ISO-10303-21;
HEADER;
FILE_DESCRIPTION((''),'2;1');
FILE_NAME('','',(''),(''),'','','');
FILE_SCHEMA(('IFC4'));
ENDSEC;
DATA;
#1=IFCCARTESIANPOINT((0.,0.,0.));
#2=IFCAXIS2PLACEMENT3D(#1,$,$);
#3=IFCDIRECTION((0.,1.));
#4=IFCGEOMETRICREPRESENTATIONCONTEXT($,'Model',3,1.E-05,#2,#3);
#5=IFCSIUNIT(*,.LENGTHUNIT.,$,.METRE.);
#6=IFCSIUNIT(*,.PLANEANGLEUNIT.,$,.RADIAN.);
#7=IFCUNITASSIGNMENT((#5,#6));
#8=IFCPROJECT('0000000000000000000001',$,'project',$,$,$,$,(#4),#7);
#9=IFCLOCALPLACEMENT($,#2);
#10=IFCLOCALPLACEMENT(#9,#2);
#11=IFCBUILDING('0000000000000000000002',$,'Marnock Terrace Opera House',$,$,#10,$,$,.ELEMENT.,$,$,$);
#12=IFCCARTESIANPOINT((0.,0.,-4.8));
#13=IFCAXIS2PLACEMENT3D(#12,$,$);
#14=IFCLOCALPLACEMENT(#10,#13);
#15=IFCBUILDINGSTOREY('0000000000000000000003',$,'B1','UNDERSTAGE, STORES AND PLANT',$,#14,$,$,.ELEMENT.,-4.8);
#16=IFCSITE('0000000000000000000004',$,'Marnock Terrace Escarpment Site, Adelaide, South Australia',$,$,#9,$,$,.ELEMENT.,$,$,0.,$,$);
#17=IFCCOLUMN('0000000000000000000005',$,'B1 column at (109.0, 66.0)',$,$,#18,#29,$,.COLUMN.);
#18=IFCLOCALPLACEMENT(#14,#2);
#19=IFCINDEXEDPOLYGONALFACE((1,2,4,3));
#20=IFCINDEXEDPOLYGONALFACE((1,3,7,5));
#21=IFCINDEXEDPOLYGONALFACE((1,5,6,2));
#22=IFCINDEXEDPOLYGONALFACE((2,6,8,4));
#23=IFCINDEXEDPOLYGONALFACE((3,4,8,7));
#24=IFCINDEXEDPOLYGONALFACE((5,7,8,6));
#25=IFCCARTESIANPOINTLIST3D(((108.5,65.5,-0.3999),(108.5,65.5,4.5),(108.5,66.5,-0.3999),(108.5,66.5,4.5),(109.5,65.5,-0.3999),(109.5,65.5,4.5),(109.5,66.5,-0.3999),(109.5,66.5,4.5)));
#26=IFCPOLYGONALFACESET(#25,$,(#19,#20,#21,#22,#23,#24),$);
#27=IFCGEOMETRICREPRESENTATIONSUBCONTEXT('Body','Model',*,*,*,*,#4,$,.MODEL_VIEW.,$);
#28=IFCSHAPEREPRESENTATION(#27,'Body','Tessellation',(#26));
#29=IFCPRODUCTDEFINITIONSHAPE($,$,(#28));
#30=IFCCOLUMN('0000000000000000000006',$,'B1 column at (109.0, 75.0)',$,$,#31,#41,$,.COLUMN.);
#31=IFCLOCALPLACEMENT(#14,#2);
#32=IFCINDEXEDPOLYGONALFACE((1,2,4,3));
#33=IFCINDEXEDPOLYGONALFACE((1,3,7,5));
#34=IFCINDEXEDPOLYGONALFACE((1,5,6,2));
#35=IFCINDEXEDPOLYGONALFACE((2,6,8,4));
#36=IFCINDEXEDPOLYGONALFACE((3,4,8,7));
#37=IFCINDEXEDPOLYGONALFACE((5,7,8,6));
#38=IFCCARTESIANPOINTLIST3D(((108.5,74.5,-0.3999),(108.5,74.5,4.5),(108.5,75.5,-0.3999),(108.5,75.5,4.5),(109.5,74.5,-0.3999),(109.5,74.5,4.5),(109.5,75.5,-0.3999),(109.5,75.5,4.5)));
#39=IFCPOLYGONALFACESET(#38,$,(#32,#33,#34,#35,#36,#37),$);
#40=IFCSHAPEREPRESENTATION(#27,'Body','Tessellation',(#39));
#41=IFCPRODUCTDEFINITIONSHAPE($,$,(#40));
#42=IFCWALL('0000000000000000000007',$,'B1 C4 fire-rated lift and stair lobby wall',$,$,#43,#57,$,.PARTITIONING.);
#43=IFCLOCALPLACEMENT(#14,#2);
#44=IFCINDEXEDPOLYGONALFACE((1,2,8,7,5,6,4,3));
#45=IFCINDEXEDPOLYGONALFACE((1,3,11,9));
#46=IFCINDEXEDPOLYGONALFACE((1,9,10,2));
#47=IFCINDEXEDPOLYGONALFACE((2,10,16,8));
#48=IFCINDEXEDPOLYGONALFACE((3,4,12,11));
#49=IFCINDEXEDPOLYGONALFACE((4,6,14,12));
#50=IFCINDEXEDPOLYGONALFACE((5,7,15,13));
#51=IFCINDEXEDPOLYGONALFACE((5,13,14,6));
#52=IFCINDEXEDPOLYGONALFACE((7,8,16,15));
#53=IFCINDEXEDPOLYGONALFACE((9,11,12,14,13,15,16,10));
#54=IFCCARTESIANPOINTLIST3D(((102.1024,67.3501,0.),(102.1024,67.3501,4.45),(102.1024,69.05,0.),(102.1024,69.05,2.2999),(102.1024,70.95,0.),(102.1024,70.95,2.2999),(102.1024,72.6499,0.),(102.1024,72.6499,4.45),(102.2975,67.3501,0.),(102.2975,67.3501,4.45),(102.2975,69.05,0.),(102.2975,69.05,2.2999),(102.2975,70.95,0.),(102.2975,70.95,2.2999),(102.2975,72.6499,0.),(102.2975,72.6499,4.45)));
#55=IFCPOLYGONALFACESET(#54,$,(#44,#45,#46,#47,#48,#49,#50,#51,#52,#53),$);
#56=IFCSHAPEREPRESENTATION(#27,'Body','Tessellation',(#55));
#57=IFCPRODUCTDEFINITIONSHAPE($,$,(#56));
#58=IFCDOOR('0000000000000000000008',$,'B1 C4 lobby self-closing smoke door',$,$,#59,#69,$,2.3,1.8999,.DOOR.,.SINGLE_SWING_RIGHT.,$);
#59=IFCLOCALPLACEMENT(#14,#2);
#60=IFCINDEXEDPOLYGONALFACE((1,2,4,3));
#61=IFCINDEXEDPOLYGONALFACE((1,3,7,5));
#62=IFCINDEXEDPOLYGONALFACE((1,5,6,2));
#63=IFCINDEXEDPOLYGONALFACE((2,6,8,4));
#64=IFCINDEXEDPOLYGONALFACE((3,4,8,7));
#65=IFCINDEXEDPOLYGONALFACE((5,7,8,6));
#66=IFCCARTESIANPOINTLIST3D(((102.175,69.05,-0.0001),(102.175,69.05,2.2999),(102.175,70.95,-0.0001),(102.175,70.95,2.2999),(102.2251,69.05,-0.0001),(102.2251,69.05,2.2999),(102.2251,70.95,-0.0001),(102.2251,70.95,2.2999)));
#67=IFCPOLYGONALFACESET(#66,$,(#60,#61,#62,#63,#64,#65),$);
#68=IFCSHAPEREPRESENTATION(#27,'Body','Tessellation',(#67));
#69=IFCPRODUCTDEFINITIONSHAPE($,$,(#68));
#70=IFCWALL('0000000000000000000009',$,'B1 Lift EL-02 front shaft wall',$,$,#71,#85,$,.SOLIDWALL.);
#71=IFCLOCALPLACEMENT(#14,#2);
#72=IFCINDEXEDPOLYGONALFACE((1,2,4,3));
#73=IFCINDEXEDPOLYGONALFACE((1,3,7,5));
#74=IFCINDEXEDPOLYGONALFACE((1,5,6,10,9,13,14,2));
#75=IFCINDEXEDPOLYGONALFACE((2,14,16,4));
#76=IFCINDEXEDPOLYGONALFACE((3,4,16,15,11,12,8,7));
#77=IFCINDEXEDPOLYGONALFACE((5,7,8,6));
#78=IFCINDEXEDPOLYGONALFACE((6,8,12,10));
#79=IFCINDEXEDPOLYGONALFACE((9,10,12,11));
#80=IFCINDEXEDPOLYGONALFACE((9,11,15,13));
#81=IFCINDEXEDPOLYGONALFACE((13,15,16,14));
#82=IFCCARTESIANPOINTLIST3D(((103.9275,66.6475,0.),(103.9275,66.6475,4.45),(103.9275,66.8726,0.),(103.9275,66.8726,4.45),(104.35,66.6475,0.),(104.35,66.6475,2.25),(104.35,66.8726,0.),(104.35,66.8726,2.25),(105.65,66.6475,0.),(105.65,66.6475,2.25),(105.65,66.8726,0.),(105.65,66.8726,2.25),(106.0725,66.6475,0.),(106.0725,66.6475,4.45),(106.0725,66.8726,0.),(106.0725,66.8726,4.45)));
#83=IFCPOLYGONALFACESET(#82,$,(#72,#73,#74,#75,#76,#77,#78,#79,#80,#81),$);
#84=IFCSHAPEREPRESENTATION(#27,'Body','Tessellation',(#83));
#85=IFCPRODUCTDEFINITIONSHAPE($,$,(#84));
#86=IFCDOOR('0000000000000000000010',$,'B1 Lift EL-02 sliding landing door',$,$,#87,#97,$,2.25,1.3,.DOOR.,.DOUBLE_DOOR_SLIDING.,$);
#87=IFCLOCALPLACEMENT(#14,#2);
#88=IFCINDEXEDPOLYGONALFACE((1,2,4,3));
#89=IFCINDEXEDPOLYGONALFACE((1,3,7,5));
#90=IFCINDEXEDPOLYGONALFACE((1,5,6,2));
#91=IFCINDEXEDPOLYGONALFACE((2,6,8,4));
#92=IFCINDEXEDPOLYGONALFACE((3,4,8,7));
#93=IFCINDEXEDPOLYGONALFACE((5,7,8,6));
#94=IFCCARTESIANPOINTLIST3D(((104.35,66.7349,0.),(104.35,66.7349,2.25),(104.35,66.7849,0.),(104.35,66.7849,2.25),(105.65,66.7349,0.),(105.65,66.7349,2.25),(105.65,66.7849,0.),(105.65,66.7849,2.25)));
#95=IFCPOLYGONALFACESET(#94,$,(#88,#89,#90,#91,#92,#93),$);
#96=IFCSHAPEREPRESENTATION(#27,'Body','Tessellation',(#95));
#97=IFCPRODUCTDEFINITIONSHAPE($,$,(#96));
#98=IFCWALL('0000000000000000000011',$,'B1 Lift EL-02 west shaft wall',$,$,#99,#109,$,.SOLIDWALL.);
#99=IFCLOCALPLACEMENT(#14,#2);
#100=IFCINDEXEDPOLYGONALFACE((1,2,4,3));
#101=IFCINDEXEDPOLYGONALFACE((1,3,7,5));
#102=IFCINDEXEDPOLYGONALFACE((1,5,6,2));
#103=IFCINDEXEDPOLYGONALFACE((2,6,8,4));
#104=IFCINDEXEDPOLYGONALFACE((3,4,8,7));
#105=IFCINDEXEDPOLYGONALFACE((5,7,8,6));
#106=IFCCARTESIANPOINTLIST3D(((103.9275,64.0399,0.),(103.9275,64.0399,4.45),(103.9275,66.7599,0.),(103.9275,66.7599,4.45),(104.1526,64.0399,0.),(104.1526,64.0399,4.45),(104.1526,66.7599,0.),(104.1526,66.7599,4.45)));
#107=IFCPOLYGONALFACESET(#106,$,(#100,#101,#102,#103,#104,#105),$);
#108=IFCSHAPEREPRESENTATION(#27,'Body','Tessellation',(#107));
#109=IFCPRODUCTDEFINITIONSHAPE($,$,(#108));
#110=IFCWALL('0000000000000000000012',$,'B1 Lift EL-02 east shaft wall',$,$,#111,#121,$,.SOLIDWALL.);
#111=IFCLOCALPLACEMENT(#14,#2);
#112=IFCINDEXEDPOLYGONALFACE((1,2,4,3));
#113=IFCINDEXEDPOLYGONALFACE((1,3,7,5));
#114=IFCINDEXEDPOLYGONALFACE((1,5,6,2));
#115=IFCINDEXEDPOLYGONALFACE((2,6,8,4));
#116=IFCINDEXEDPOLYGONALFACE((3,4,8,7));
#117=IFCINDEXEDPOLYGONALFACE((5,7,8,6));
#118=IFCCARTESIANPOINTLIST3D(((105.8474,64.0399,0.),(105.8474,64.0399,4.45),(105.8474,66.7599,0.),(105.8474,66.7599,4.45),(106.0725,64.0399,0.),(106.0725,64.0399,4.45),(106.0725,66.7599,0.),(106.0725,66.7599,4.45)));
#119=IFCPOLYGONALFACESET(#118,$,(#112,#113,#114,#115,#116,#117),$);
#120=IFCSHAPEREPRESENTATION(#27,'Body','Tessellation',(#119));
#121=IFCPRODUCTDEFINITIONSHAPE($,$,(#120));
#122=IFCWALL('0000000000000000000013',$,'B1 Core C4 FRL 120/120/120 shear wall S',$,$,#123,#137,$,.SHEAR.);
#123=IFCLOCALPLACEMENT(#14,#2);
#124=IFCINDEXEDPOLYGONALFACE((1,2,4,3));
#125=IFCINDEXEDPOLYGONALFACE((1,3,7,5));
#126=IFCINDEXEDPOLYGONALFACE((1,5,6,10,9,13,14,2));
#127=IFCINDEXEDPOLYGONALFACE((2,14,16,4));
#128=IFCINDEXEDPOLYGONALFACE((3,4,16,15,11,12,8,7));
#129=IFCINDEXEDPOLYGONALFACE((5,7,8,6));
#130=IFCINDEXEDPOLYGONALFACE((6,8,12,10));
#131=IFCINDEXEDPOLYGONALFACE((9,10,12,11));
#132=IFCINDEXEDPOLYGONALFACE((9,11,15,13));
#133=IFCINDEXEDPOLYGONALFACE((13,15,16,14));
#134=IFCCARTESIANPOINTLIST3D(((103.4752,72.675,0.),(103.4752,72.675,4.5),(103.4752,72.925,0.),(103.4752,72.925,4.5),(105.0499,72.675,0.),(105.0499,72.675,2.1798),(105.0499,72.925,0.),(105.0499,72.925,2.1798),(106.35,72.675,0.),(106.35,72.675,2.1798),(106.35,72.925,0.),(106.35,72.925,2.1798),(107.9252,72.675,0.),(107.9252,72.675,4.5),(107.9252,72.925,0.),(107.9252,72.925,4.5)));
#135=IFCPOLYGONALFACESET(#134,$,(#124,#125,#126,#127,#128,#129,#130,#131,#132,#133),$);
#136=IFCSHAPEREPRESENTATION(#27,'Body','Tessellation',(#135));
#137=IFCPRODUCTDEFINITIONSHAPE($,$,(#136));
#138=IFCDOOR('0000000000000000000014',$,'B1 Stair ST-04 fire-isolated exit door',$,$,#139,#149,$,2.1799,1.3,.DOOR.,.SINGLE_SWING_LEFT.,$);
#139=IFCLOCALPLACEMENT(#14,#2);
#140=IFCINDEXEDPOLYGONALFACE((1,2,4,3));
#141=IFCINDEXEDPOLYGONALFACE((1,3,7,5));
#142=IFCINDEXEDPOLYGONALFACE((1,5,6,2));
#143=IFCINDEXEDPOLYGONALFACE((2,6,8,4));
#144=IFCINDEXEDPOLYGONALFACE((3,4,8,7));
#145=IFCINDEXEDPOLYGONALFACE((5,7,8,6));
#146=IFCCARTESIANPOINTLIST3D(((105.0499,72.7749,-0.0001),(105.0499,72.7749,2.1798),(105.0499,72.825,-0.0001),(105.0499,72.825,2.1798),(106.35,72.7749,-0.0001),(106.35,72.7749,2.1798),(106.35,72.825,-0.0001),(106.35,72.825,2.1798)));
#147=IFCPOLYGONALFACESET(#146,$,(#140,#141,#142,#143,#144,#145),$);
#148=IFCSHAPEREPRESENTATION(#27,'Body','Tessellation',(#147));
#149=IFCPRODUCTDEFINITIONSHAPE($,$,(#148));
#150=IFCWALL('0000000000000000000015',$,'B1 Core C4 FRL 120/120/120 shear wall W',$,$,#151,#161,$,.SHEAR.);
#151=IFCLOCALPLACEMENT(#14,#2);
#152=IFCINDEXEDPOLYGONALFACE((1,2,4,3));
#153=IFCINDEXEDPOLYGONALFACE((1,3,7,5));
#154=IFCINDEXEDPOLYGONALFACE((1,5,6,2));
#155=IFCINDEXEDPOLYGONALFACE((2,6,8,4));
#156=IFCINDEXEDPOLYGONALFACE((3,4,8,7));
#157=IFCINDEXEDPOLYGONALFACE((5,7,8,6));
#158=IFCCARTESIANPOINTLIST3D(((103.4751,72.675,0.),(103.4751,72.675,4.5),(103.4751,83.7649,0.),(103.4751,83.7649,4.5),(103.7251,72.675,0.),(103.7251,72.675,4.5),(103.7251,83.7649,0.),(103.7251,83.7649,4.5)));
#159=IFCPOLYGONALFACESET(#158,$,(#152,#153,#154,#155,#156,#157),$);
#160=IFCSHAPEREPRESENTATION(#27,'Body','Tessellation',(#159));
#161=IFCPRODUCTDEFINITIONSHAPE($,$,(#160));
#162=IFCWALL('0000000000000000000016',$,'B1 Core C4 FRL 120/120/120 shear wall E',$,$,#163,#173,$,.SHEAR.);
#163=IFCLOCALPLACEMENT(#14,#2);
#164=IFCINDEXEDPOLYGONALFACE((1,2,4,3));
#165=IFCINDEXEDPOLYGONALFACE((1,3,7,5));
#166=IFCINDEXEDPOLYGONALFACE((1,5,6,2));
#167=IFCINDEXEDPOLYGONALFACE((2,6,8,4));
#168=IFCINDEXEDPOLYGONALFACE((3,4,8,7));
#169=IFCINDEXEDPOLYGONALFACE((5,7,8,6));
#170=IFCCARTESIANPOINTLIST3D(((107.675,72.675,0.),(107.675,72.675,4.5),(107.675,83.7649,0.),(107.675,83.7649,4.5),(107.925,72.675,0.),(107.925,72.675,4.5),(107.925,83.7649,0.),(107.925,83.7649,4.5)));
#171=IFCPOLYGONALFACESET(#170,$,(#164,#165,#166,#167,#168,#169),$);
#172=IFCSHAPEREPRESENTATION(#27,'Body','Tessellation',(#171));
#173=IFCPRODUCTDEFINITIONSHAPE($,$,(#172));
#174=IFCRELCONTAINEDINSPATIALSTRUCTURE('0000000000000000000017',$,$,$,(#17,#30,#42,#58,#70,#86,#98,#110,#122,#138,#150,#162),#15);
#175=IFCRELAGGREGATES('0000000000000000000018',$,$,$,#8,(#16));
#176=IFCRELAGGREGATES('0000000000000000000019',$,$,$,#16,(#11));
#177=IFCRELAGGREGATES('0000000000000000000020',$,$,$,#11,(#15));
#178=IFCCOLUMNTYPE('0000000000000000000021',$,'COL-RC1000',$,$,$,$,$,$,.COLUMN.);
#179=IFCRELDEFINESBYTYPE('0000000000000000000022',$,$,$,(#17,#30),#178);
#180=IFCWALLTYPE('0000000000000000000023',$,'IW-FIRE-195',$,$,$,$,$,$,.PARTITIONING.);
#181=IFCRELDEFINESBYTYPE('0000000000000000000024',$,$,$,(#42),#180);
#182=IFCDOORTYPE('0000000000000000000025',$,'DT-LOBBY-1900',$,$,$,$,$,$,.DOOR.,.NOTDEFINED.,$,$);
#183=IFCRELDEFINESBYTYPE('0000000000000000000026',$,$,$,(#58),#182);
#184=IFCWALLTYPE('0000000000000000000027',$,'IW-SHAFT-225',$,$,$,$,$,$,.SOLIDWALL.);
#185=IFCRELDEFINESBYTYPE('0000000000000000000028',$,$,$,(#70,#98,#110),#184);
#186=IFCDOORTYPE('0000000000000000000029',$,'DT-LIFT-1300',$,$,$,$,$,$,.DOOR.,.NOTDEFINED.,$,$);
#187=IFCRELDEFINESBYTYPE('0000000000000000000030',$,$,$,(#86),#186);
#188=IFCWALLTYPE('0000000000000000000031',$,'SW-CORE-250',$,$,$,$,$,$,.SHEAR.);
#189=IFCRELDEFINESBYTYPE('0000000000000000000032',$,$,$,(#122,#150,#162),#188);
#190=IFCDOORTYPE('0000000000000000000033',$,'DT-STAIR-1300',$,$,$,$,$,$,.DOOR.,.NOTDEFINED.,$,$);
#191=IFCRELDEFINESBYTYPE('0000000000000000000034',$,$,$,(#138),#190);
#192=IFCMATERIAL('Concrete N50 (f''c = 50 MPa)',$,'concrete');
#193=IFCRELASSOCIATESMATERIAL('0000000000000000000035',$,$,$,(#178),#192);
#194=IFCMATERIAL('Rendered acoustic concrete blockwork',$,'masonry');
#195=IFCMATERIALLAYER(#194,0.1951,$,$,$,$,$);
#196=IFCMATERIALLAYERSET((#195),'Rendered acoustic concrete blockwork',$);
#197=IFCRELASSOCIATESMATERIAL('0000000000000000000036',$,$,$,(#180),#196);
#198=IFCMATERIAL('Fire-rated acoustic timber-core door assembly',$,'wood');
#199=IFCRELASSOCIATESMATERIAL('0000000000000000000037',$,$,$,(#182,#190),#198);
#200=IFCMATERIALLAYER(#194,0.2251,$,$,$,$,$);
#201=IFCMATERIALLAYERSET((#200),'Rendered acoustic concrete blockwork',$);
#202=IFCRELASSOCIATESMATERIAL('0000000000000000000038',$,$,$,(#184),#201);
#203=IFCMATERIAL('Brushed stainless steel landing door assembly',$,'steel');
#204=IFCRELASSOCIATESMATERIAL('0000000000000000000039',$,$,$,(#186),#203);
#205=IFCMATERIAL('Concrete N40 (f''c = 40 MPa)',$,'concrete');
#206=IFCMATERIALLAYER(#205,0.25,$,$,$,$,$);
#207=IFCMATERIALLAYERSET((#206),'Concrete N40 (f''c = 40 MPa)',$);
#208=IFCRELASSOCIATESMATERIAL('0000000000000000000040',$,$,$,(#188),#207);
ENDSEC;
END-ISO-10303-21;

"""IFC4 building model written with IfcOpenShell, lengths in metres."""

from ifc_helpers import new_model, si_unit, direction, frame, frame_2d, origin, origin_2d, place, context, subcontext, project, spatial, rectangle, extrude, material, layer, layer_set, material_profile, profile_set, type_object, element, fill, save


model = new_model("IFC4")

# Units and contexts
model_context = context("Model", 3, precision=1e-05, world=origin(), true_north=direction((0.0, 1.0)))
body_context = subcontext(model_context, "Body", "Model", "MODEL_VIEW")
ifc_project = project(units=[si_unit("LENGTHUNIT", "METRE"), si_unit("PLANEANGLEUNIT", "RADIAN")], contexts=[model_context])

# Site, building, storey
site_placement = place(None, origin())
site = spatial("IfcSite", under=ifc_project, at=site_placement, Name="Marnock Terrace Escarpment Site, Adelaide, South Australia", CompositionType="ELEMENT", RefElevation=0.0)
building_placement = place(site_placement, origin())
building = spatial("IfcBuilding", under=site, at=building_placement, Name="Marnock Terrace Opera House", CompositionType="ELEMENT")
storey_placement = place(building_placement, frame((0.0, 0.0, -4.8)))
storey = spatial("IfcBuildingStorey", under=building, at=storey_placement, Name="B1", Description="UNDERSTAGE, STORES AND PLANT", CompositionType="ELEMENT", Elevation=-4.8)

# Shared definitions
ifc_material_1 = material(Name="Concrete N40 (f'c = 40 MPa)", Category="concrete")

# Columns
ifc_material_2 = material(Name="Concrete N50 (f'c = 50 MPa)", Category="concrete")
ifc_material_profile_1 = material_profile(ifc_material_2, rectangle(XDim=1.0, YDim=1.0, at=origin_2d()))
ifc_profile_set_1 = profile_set([ifc_material_profile_1], Name="Concrete N50 (f'c = 50 MPa)")
column_type = type_object("IfcColumnType", Name="COL-RC1000", PredefinedType="COLUMN", material=ifc_profile_set_1)
for number, where, z_axis, x_axis, name in (
    (1, (109.0, 66.0, -0.3999), (0.0, 0.0, 1.0), (1.0, 0.0, 0.0), "B1 column at (109.0, 66.0)"),
    (2, (109.0, 75.0, -0.3999), (0.0, 0.0, 1.0), (1.0, 0.0, 0.0), "B1 column at (109.0, 75.0)"),
):
    element("IfcColumn", number, at=place(storey_placement, frame(where, z_axis=z_axis, x_axis=x_axis)), inside=storey, type_object=column_type, Name=name, PredefinedType="COLUMN", context=body_context, shape_type="SweptSolid", body=[
        extrude(rectangle(XDim=1.0, YDim=1.0, at=origin_2d()), origin(), (0.0, 0.0, 1.0), 4.8999),
    ])

# Walls, openings, doors
ifc_material_3 = material(Name="Rendered acoustic concrete blockwork", Category="masonry")
ifc_layer_1 = layer(ifc_material_3, 0.1951)
ifc_layer_set_1 = layer_set([ifc_layer_1], Name="Rendered acoustic concrete blockwork")
wall_type_1 = type_object("IfcWallType", Name="IW-FIRE-195", PredefinedType="PARTITIONING", material=ifc_layer_set_1)
wall_1_placement = place(storey_placement, frame((102.2, 67.3501, 0.0), z_axis=(0.0, 0.0, 1.0), x_axis=(0.0, 1.0, 0.0)))
wall_1 = element("IfcWall", 3, at=wall_1_placement, inside=storey, type_object=wall_type_1, Name="B1 C4 fire-rated lift and stair lobby wall", PredefinedType="PARTITIONING", context=body_context, shape_type="SweptSolid", body=[
    extrude(rectangle(XDim=5.2998, YDim=0.1951, at=frame_2d((2.6499, 0.0))), origin(), (0.0, 0.0, 1.0), 4.45),
])
opening_1_placement = place(wall_1_placement, frame((1.7, 0.0, 0.0)))
opening_1 = element("IfcOpeningElement", 4, at=opening_1_placement, cuts=wall_1, PredefinedType="OPENING", context=body_context, shape_type="SweptSolid", body=[
    extrude(rectangle(XDim=1.8999, YDim=2.3, at=frame_2d((0.95, 1.1499))), frame((0.0, 0.1074, 0.0), z_axis=(0.0, -1.0, 0.0), x_axis=(1.0, 0.0, 0.0)), (0.0, 0.0, 1.0), 0.2151),
])
ifc_material_4 = material(Name="Fire-rated acoustic timber-core door assembly", Category="wood")
door_type_1 = type_object("IfcDoorType", Name="DT-LOBBY-1900", OperationType="NOTDEFINED", PredefinedType="DOOR", material=ifc_material_4)
door_1_placement = place(opening_1_placement, origin())
door_1 = element("IfcDoor", 5, at=door_1_placement, inside=storey, type_object=door_type_1, Name="B1 C4 lobby self-closing smoke door", OperationType="SINGLE_SWING_RIGHT", OverallHeight=2.3, OverallWidth=1.8999, PredefinedType="DOOR", context=body_context, shape_type="SweptSolid", body=[
    extrude(rectangle(XDim=1.8999, YDim=2.3, at=frame_2d((0.95, 1.1499))), frame((0.0, 0.0249, 0.0), z_axis=(0.0, -1.0, 0.0), x_axis=(1.0, 0.0, 0.0)), (0.0, 0.0, 1.0), 0.05),
])
fill(opening_1, door_1)
ifc_layer_2 = layer(ifc_material_3, 0.2251)
ifc_layer_set_2 = layer_set([ifc_layer_2], Name="Rendered acoustic concrete blockwork")
wall_type_2 = type_object("IfcWallType", Name="IW-SHAFT-225", PredefinedType="SOLIDWALL", material=ifc_layer_set_2)
wall_2_placement = place(storey_placement, frame((103.9275, 66.76, 0.0), z_axis=(0.0, 0.0, 1.0), x_axis=(1.0, 0.0, 0.0)))
wall_2 = element("IfcWall", 6, at=wall_2_placement, inside=storey, type_object=wall_type_2, Name="B1 Lift EL-02 front shaft wall", PredefinedType="SOLIDWALL", context=body_context, shape_type="SweptSolid", body=[
    extrude(rectangle(XDim=2.145, YDim=0.2251, at=frame_2d((1.0725, 0.0))), origin(), (0.0, 0.0, 1.0), 4.45),
])
opening_2_placement = place(wall_2_placement, frame((0.4226, 0.0, 0.0)))
opening_2 = element("IfcOpeningElement", 7, at=opening_2_placement, cuts=wall_2, PredefinedType="OPENING", context=body_context, shape_type="SweptSolid", body=[
    extrude(rectangle(XDim=1.3, YDim=2.25, at=frame_2d((0.6499, 1.125))), frame((0.0, 0.1226, 0.0), z_axis=(0.0, -1.0, 0.0), x_axis=(1.0, 0.0, 0.0)), (0.0, 0.0, 1.0), 0.2451),
])
ifc_material_5 = material(Name="Brushed stainless steel landing door assembly", Category="steel")
door_type_2 = type_object("IfcDoorType", Name="DT-LIFT-1300", OperationType="NOTDEFINED", PredefinedType="DOOR", material=ifc_material_5)
door_2_placement = place(opening_2_placement, origin())
door_2 = element("IfcDoor", 8, at=door_2_placement, inside=storey, type_object=door_type_2, Name="B1 Lift EL-02 sliding landing door", OperationType="DOUBLE_DOOR_SLIDING", OverallHeight=2.25, OverallWidth=1.3, PredefinedType="DOOR", context=body_context, shape_type="SweptSolid", body=[
    extrude(rectangle(XDim=1.3, YDim=2.25, at=frame_2d((0.6499, 1.125))), frame((0.0, 0.0249, 0.0), z_axis=(0.0, -1.0, 0.0), x_axis=(1.0, 0.0, 0.0)), (0.0, 0.0, 1.0), 0.05),
])
fill(opening_2, door_2)

# Walls
for number, where, z_axis, x_axis, name in (
    (9, (104.04, 64.04, 0.0), (0.0, 0.0, 1.0), (0.0, 1.0, 0.0), "B1 Lift EL-02 west shaft wall"),
    (10, (105.96, 64.04, 0.0), (0.0, 0.0, 1.0), (0.0, 1.0, 0.0), "B1 Lift EL-02 east shaft wall"),
):
    element("IfcWall", number, at=place(storey_placement, frame(where, z_axis=z_axis, x_axis=x_axis)), inside=storey, type_object=wall_type_2, Name=name, PredefinedType="SOLIDWALL", context=body_context, shape_type="SweptSolid", body=[
        extrude(rectangle(XDim=2.72, YDim=0.2251, at=frame_2d((1.3599, 0.0))), origin(), (0.0, 0.0, 1.0), 4.45),
    ])

# Wall, opening, door
ifc_layer_3 = layer(ifc_material_1, 0.25)
ifc_layer_set_3 = layer_set([ifc_layer_3], Name="Concrete N40 (f'c = 40 MPa)")
wall_type_3 = type_object("IfcWallType", Name="SW-CORE-250", PredefinedType="SHEAR", material=ifc_layer_set_3)
wall_3_placement = place(storey_placement, frame((103.4751, 72.8, 0.0), z_axis=(0.0, 0.0, 1.0), x_axis=(1.0, 0.0, 0.0)))
wall_3 = element("IfcWall", 11, at=wall_3_placement, inside=storey, type_object=wall_type_3, Name="B1 Core C4 FRL 120/120/120 shear wall S", PredefinedType="SHEAR", context=body_context, shape_type="SweptSolid", body=[
    extrude(rectangle(XDim=4.45, YDim=0.25, at=frame_2d((2.2251, 0.0))), origin(), (0.0, 0.0, 1.0), 4.5),
])
opening_3_placement = place(wall_3_placement, frame((1.575, 0.0, 0.0)))
opening_3 = element("IfcOpeningElement", 12, at=opening_3_placement, cuts=wall_3, PredefinedType="OPENING", context=body_context, shape_type="SweptSolid", body=[
    extrude(rectangle(XDim=1.3, YDim=2.1799, at=frame_2d((0.6499, 1.0898))), frame((0.0, 0.135, 0.0), z_axis=(0.0, -1.0, 0.0), x_axis=(1.0, 0.0, 0.0)), (0.0, 0.0, 1.0), 0.27),
])
door_type_3 = type_object("IfcDoorType", Name="DT-STAIR-1300", OperationType="NOTDEFINED", PredefinedType="DOOR", material=ifc_material_4)
door_3_placement = place(opening_3_placement, origin())
door_3 = element("IfcDoor", 13, at=door_3_placement, inside=storey, type_object=door_type_3, Name="B1 Stair ST-04 fire-isolated exit door", OperationType="SINGLE_SWING_LEFT", OverallHeight=2.1799, OverallWidth=1.3, PredefinedType="DOOR", context=body_context, shape_type="SweptSolid", body=[
    extrude(rectangle(XDim=1.3, YDim=2.1799, at=frame_2d((0.6499, 1.0898))), frame((0.0, 0.0249, 0.0), z_axis=(0.0, -1.0, 0.0), x_axis=(1.0, 0.0, 0.0)), (0.0, 0.0, 1.0), 0.05),
])
fill(opening_3, door_3)

# Walls
for number, where, z_axis, x_axis, name in (
    (14, (103.6001, 72.675, 0.0), (0.0, 0.0, 1.0), (0.0, 1.0, 0.0), "B1 Core C4 FRL 120/120/120 shear wall W"),
    (15, (107.8, 72.675, 0.0), (0.0, 0.0, 1.0), (0.0, 1.0, 0.0), "B1 Core C4 FRL 120/120/120 shear wall E"),
):
    element("IfcWall", number, at=place(storey_placement, frame(where, z_axis=z_axis, x_axis=x_axis)), inside=storey, type_object=wall_type_3, Name=name, PredefinedType="SHEAR", context=body_context, shape_type="SweptSolid", body=[
        extrude(rectangle(XDim=11.0898, YDim=0.25, at=frame_2d((5.5449, 0.0))), origin(), (0.0, 0.0, 1.0), 4.5),
    ])

save(model, "model.ifc")
